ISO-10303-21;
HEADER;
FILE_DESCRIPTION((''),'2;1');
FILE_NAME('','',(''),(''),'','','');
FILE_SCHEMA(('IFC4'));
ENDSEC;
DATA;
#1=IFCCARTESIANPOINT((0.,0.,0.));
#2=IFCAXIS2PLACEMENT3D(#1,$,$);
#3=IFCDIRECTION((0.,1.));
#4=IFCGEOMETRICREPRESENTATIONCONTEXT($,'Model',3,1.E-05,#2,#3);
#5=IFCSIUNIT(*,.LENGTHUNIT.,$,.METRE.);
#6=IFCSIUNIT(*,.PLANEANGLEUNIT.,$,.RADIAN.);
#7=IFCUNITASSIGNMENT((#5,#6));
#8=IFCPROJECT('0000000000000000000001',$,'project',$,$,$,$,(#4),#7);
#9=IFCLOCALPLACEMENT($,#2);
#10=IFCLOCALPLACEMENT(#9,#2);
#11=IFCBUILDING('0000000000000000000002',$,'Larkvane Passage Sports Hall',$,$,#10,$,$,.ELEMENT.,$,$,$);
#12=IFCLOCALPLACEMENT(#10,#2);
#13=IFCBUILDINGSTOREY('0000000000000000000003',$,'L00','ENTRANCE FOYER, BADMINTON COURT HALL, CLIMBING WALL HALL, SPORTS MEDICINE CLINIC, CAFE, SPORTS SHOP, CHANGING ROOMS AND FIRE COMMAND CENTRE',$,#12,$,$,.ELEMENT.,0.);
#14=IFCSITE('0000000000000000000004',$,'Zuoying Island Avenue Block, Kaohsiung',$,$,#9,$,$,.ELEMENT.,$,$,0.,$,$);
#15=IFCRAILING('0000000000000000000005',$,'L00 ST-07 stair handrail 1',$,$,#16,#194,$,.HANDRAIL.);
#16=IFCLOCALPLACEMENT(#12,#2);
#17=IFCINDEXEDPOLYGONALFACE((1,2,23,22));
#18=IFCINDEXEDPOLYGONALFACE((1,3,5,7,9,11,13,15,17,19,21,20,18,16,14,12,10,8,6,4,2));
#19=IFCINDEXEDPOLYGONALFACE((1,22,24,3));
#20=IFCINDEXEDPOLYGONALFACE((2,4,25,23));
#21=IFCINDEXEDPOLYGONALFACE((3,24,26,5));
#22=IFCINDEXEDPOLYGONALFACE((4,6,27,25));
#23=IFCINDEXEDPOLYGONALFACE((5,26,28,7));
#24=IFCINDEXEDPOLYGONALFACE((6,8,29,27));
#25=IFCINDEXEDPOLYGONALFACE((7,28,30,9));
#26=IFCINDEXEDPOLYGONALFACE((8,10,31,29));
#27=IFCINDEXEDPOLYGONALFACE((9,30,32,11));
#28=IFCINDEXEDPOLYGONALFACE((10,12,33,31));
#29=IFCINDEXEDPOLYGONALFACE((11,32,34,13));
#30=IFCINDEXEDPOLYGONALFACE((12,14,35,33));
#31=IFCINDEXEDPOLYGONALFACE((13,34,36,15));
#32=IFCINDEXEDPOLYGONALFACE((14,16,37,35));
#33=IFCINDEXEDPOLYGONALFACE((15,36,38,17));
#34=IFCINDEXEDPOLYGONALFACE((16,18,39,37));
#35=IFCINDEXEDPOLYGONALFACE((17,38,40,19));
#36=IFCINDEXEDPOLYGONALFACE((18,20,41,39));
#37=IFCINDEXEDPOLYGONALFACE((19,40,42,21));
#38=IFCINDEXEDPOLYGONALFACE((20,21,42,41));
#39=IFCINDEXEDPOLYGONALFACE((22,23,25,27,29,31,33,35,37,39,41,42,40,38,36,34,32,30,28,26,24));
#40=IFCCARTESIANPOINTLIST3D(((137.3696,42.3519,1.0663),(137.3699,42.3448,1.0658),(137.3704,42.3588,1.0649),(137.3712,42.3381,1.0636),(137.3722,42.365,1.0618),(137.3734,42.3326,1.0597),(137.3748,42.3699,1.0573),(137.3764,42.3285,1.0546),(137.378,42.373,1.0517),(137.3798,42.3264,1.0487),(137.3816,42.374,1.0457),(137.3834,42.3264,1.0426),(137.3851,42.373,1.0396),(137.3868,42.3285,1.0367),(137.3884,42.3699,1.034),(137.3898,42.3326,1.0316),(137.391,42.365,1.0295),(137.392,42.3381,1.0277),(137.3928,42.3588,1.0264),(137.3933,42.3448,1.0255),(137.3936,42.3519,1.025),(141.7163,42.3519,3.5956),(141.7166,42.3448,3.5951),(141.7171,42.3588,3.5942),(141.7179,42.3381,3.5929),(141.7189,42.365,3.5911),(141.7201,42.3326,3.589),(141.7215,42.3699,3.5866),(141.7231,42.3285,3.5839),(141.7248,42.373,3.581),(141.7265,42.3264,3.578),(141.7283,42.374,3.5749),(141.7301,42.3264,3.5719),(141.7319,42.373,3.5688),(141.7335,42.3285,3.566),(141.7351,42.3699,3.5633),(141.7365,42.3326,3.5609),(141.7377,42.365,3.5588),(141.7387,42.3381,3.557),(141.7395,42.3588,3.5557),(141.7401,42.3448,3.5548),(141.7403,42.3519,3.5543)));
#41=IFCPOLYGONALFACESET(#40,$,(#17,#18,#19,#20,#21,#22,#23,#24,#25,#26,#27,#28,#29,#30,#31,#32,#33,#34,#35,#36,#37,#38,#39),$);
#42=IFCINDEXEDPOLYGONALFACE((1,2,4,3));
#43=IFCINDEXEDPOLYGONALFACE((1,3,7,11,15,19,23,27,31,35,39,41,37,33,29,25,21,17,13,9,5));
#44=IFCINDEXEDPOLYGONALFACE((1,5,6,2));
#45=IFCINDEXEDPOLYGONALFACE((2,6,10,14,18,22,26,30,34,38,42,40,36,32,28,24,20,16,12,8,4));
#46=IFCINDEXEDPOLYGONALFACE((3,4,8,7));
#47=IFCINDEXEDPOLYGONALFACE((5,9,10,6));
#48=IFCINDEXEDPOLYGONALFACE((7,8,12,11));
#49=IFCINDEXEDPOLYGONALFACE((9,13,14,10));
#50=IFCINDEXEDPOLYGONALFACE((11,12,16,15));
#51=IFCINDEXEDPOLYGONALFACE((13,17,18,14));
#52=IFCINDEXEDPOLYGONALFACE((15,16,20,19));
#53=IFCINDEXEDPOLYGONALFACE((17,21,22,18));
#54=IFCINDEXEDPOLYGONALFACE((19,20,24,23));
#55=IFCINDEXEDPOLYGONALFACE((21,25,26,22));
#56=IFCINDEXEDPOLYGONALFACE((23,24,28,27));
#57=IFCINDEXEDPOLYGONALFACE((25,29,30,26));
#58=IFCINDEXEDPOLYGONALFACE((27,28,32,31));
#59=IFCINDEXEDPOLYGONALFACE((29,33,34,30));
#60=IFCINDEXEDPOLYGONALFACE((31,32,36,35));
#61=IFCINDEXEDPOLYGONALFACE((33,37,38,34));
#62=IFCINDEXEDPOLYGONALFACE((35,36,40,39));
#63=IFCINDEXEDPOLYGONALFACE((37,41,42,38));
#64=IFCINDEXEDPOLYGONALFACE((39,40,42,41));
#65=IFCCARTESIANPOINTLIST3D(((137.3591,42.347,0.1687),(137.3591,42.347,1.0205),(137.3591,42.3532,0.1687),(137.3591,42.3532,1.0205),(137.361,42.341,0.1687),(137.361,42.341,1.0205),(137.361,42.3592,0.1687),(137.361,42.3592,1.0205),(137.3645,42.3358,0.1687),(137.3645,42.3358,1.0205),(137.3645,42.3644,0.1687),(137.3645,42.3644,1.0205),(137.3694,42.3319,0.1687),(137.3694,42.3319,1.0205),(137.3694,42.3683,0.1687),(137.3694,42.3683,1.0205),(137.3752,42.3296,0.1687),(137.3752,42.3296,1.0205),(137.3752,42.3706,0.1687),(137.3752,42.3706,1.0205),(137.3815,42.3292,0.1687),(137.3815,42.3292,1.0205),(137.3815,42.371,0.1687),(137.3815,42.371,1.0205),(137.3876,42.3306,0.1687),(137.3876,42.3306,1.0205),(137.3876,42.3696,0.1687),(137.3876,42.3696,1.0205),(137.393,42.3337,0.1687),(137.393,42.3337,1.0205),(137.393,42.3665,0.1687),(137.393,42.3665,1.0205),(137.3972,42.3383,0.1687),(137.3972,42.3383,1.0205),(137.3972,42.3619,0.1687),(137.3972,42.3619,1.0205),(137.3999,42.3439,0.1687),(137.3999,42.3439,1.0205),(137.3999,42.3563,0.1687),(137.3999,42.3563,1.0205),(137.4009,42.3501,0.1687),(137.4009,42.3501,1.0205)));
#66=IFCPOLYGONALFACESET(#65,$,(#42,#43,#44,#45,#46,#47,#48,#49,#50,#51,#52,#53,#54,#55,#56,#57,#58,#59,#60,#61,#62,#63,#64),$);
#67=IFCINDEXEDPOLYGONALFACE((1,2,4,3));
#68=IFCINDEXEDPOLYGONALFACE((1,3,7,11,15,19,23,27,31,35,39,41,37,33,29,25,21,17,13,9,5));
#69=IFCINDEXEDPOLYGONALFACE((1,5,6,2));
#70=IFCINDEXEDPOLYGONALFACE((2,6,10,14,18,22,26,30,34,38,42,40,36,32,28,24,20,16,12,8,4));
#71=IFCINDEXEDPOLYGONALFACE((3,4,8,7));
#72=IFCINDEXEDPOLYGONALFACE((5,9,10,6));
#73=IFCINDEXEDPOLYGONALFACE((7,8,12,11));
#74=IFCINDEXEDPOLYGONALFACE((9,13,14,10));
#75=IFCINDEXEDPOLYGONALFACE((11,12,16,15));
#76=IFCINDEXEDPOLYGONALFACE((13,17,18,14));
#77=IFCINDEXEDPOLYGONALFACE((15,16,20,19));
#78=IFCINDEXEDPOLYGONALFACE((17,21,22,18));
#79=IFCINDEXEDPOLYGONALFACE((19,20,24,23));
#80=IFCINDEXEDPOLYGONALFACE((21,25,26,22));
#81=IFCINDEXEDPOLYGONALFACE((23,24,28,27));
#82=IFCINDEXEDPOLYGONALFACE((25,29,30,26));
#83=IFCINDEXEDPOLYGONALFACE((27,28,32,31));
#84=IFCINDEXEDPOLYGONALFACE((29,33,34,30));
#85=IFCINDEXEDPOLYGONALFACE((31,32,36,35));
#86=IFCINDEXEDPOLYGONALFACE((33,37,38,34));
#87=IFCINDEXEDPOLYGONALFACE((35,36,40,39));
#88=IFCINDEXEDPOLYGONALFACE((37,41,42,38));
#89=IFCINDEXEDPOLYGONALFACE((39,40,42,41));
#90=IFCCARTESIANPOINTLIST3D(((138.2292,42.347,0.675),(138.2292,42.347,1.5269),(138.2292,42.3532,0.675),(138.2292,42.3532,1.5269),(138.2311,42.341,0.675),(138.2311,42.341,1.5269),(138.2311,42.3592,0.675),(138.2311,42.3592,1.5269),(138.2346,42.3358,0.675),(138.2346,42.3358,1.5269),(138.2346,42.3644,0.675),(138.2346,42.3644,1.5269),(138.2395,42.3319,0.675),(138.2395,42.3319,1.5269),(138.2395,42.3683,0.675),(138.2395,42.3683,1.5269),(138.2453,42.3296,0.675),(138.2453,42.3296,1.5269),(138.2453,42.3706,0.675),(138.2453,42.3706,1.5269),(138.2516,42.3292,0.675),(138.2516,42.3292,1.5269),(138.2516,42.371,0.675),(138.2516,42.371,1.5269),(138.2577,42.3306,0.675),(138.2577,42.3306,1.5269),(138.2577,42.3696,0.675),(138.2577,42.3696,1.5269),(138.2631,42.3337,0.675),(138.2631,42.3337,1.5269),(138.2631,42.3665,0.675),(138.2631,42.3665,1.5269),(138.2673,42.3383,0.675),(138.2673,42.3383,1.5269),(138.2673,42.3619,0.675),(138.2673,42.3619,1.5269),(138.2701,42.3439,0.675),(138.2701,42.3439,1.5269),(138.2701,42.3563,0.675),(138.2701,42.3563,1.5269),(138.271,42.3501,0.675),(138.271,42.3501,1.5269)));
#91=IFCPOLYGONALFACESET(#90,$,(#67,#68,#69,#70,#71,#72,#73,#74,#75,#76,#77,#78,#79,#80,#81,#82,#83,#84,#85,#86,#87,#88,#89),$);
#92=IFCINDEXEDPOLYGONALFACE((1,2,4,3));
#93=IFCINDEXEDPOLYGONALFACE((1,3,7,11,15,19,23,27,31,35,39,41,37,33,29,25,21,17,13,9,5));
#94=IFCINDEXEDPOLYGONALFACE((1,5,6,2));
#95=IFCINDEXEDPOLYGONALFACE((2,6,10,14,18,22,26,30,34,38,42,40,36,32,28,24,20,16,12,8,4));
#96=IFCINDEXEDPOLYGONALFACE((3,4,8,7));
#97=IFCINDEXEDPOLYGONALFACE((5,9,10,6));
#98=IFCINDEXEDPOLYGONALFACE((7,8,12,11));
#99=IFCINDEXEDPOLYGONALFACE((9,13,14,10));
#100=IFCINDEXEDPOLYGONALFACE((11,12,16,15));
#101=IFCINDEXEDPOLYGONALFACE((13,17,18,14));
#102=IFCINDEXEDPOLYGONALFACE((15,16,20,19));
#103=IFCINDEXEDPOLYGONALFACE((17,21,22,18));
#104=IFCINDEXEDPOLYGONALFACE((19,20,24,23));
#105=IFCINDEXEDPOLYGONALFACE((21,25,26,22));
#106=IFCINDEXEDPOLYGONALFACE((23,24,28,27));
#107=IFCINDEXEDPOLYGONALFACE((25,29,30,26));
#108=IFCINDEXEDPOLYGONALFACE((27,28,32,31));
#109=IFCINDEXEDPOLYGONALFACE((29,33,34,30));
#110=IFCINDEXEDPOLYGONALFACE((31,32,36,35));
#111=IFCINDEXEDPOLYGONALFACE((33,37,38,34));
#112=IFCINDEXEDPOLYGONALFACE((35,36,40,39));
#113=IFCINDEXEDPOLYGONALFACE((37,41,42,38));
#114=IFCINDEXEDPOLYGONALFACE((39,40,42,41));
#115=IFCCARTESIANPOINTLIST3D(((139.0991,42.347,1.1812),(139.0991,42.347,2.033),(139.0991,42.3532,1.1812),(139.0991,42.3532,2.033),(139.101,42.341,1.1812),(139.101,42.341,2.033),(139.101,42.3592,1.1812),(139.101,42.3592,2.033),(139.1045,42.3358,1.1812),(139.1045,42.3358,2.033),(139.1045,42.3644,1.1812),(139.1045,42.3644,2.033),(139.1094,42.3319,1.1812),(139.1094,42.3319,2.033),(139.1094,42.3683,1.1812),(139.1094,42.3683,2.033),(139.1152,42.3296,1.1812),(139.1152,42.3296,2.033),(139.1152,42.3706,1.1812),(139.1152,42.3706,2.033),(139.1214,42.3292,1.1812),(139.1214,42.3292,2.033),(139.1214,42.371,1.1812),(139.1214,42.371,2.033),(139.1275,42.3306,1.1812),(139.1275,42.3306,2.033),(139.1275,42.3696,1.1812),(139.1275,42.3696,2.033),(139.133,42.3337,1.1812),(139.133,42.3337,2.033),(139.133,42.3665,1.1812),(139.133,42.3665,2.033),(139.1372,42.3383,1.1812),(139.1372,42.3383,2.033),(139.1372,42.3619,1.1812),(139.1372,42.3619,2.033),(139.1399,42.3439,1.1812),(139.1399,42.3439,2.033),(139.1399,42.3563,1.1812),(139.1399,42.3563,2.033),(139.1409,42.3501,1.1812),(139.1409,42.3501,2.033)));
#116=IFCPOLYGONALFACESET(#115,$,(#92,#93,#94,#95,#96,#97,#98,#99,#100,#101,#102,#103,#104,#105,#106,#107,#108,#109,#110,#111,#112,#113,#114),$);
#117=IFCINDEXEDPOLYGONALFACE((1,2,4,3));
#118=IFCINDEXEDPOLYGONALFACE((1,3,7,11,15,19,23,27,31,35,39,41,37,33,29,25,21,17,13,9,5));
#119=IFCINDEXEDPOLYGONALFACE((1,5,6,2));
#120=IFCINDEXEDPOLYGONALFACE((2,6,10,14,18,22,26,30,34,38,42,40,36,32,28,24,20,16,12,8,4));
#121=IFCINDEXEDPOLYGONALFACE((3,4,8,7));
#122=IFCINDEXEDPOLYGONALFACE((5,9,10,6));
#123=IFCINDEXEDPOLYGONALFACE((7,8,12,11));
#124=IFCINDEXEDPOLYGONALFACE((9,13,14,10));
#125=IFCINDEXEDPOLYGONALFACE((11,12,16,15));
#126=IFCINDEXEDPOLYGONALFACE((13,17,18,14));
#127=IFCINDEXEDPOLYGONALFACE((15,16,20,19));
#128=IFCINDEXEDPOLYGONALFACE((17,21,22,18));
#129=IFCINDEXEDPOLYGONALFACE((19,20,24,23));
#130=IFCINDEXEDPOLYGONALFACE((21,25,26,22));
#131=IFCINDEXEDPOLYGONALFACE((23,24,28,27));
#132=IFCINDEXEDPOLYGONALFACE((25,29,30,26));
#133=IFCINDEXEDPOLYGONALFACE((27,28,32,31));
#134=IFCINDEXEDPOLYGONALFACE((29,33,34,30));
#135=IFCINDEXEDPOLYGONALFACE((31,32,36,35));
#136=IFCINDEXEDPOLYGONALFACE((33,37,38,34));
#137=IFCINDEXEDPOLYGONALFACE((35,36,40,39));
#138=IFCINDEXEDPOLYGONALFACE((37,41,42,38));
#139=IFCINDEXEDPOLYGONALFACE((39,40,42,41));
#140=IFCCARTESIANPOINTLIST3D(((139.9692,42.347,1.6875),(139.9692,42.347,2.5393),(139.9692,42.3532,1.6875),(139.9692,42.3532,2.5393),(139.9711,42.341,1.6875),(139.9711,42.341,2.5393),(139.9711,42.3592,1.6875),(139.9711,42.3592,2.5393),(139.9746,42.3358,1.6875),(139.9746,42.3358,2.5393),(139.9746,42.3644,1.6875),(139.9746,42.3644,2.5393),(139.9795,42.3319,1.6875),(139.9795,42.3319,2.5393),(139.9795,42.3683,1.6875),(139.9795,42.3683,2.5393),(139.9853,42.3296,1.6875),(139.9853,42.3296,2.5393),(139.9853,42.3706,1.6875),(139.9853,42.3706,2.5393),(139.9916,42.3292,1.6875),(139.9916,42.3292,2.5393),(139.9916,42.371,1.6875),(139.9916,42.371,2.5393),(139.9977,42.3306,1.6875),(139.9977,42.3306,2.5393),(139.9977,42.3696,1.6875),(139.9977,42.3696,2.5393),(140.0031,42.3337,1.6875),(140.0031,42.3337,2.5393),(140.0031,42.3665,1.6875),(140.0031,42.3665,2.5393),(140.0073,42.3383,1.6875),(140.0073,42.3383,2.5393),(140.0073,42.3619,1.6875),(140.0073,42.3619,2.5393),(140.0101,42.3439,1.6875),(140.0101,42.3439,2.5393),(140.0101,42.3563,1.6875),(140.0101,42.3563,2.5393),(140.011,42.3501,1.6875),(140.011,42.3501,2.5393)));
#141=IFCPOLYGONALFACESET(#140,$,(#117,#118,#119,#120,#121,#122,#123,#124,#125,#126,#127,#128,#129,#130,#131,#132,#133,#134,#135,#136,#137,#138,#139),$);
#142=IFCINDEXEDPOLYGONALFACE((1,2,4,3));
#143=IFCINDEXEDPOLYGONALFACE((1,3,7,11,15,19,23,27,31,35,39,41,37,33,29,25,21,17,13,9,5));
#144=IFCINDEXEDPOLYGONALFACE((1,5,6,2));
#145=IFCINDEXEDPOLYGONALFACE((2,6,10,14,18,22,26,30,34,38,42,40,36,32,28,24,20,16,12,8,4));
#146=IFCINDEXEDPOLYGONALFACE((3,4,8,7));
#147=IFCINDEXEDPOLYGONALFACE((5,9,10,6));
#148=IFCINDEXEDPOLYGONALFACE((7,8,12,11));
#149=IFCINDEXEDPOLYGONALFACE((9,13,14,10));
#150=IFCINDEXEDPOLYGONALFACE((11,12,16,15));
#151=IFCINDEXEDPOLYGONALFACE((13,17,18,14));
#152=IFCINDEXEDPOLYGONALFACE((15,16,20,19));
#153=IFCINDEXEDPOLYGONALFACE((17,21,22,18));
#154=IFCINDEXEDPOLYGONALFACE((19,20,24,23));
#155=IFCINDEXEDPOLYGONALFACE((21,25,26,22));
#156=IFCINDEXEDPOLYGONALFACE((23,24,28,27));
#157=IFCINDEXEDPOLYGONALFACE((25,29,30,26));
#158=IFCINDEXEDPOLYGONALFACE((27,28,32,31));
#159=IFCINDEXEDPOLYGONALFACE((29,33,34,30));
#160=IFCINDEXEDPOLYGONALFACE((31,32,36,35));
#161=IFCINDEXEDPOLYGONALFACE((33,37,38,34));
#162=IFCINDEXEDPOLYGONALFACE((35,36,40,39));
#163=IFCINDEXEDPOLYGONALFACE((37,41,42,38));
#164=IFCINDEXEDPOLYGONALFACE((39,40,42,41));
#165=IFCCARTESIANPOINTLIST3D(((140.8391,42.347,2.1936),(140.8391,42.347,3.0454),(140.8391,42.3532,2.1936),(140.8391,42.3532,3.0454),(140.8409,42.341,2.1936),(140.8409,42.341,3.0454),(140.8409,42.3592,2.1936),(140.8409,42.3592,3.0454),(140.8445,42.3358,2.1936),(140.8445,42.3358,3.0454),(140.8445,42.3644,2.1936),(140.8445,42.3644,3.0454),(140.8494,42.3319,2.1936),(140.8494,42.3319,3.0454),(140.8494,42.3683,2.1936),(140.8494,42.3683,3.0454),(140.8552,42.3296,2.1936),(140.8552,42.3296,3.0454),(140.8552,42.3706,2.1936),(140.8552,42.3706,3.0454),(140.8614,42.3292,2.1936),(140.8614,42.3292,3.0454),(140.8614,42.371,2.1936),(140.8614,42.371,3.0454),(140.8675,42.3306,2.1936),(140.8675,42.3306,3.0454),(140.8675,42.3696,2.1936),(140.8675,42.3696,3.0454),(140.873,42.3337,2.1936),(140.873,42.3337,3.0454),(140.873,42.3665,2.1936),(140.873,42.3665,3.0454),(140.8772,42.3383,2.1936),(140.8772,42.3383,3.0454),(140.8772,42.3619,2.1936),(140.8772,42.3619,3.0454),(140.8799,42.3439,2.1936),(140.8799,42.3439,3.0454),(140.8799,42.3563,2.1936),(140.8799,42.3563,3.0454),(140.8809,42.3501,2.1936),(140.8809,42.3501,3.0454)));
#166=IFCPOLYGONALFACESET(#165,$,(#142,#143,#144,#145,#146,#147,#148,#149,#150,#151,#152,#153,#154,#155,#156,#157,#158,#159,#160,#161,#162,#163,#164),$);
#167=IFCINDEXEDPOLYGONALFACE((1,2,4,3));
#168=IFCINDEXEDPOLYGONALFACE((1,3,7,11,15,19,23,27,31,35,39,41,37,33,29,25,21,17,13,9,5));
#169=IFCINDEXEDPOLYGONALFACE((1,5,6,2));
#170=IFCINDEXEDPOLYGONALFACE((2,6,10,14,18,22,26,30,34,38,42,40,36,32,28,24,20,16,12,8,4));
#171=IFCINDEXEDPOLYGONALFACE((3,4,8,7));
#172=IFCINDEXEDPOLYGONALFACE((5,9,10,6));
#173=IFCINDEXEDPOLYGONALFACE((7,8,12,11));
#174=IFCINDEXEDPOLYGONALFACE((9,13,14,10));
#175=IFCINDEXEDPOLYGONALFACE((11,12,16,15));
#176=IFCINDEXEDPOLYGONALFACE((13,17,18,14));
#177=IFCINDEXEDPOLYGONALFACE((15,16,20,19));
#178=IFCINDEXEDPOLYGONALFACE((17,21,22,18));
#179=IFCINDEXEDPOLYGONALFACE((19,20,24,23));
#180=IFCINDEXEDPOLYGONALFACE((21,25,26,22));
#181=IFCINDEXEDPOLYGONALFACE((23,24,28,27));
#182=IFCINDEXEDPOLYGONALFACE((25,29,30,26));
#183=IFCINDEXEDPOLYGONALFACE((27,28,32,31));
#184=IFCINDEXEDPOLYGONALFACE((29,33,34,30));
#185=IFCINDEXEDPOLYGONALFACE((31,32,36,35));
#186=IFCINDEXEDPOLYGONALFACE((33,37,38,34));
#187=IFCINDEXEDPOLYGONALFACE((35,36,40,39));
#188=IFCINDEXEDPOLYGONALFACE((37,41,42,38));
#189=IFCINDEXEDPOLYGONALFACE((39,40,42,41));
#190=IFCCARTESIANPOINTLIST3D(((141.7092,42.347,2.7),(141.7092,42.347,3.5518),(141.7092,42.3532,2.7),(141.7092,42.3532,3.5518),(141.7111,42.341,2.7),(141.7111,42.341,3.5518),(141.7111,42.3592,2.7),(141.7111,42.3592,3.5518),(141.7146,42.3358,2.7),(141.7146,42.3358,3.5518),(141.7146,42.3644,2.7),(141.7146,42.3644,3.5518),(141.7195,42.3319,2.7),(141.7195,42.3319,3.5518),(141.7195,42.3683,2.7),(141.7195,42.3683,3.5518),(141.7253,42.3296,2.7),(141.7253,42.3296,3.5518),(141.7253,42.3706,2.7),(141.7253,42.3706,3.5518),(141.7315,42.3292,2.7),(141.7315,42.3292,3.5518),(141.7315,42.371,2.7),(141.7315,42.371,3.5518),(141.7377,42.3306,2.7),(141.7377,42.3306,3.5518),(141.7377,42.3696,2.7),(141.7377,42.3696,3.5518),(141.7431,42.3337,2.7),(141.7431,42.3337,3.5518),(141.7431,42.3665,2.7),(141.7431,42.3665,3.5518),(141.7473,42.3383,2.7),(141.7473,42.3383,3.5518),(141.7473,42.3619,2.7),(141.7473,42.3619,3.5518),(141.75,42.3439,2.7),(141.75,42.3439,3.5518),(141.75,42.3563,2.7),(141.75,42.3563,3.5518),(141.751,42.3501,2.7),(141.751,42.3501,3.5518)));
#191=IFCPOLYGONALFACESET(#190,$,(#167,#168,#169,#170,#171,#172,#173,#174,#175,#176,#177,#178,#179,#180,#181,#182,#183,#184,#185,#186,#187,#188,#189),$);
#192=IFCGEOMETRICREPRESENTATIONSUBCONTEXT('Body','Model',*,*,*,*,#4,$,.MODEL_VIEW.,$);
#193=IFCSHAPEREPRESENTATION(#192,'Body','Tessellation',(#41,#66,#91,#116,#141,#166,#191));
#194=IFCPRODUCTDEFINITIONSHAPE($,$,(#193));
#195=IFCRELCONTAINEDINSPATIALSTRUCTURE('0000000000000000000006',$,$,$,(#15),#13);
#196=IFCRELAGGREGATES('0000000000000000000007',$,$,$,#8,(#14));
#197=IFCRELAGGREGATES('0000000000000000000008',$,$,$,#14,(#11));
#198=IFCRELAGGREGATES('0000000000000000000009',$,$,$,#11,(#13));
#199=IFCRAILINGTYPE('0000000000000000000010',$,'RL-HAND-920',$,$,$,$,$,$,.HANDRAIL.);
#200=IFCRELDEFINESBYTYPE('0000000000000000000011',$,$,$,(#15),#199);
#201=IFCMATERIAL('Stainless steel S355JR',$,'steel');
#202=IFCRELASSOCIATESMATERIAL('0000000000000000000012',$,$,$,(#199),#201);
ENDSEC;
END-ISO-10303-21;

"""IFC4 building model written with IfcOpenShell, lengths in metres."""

from ifc_helpers import new_model, si_unit, direction, frame, origin, origin_2d, place, context, subcontext, project, spatial, circle, extrude, material, type_object, element, save


model = new_model("IFC4")

# Units and contexts
model_context = context("Model", 3, precision=1e-05, world=origin(), true_north=direction((0.0, 1.0)))
body_context = subcontext(model_context, "Body", "Model", "MODEL_VIEW")
ifc_project = project(units=[si_unit("LENGTHUNIT", "METRE"), si_unit("PLANEANGLEUNIT", "RADIAN")], contexts=[model_context])

# Site, building, storey
site_placement = place(None, origin())
site = spatial("IfcSite", under=ifc_project, at=site_placement, Name="Zuoying Island Avenue Block, Kaohsiung", CompositionType="ELEMENT", RefElevation=0.0)
building_placement = place(site_placement, origin())
building = spatial("IfcBuilding", under=site, at=building_placement, Name="Larkvane Passage Sports Hall", CompositionType="ELEMENT")
storey_placement = place(building_placement, origin())
storey = spatial("IfcBuildingStorey", under=building, at=storey_placement, Name="L00", Description="ENTRANCE FOYER, BADMINTON COURT HALL, CLIMBING WALL HALL, SPORTS MEDICINE CLINIC, CAFE, SPORTS SHOP, CHANGING ROOMS AND FIRE COMMAND CENTRE", CompositionType="ELEMENT", Elevation=0.0)

# Railing
ifc_material_1 = material(Name="Stainless steel S355JR", Category="steel")
railing_type_1 = type_object("IfcRailingType", Name="RL-HAND-920", PredefinedType="HANDRAIL", material=ifc_material_1)
railing_1_placement = place(storey_placement, frame((137.3799, 42.3501, 0.1687)))
element("IfcRailing", 1, at=railing_1_placement, inside=storey, type_object=railing_type_1, Name="L00 ST-07 stair handrail 1", PredefinedType="HANDRAIL", context=body_context, shape_type="SweptSolid", body=[
    extrude(circle(Radius=0.0239, at=origin_2d()), frame((0.0017, 0.0, 0.877), z_axis=(0.864324, 0.0, 0.502936), x_axis=(0.0, 1.0, 0.0)), (0.0, 0.0, 1.0), 5.0291),
    extrude(circle(Radius=0.021, at=origin_2d()), origin(), (0.0, 0.0, 1.0), 0.8518),
    extrude(circle(Radius=0.021, at=origin_2d()), frame((0.8701, 0.0, 0.5063)), (0.0, 0.0, 1.0), 0.8518),
    extrude(circle(Radius=0.021, at=origin_2d()), frame((1.74, 0.0, 1.0125)), (0.0, 0.0, 1.0), 0.8518),
    extrude(circle(Radius=0.021, at=origin_2d()), frame((2.6101, 0.0, 1.5188)), (0.0, 0.0, 1.0), 0.8518),
    extrude(circle(Radius=0.021, at=origin_2d()), frame((3.48, 0.0, 2.0249)), (0.0, 0.0, 1.0), 0.8518),
    extrude(circle(Radius=0.021, at=origin_2d()), frame((4.3501, 0.0, 2.5312)), (0.0, 0.0, 1.0), 0.8518),
])

save(model, "model.ifc")
